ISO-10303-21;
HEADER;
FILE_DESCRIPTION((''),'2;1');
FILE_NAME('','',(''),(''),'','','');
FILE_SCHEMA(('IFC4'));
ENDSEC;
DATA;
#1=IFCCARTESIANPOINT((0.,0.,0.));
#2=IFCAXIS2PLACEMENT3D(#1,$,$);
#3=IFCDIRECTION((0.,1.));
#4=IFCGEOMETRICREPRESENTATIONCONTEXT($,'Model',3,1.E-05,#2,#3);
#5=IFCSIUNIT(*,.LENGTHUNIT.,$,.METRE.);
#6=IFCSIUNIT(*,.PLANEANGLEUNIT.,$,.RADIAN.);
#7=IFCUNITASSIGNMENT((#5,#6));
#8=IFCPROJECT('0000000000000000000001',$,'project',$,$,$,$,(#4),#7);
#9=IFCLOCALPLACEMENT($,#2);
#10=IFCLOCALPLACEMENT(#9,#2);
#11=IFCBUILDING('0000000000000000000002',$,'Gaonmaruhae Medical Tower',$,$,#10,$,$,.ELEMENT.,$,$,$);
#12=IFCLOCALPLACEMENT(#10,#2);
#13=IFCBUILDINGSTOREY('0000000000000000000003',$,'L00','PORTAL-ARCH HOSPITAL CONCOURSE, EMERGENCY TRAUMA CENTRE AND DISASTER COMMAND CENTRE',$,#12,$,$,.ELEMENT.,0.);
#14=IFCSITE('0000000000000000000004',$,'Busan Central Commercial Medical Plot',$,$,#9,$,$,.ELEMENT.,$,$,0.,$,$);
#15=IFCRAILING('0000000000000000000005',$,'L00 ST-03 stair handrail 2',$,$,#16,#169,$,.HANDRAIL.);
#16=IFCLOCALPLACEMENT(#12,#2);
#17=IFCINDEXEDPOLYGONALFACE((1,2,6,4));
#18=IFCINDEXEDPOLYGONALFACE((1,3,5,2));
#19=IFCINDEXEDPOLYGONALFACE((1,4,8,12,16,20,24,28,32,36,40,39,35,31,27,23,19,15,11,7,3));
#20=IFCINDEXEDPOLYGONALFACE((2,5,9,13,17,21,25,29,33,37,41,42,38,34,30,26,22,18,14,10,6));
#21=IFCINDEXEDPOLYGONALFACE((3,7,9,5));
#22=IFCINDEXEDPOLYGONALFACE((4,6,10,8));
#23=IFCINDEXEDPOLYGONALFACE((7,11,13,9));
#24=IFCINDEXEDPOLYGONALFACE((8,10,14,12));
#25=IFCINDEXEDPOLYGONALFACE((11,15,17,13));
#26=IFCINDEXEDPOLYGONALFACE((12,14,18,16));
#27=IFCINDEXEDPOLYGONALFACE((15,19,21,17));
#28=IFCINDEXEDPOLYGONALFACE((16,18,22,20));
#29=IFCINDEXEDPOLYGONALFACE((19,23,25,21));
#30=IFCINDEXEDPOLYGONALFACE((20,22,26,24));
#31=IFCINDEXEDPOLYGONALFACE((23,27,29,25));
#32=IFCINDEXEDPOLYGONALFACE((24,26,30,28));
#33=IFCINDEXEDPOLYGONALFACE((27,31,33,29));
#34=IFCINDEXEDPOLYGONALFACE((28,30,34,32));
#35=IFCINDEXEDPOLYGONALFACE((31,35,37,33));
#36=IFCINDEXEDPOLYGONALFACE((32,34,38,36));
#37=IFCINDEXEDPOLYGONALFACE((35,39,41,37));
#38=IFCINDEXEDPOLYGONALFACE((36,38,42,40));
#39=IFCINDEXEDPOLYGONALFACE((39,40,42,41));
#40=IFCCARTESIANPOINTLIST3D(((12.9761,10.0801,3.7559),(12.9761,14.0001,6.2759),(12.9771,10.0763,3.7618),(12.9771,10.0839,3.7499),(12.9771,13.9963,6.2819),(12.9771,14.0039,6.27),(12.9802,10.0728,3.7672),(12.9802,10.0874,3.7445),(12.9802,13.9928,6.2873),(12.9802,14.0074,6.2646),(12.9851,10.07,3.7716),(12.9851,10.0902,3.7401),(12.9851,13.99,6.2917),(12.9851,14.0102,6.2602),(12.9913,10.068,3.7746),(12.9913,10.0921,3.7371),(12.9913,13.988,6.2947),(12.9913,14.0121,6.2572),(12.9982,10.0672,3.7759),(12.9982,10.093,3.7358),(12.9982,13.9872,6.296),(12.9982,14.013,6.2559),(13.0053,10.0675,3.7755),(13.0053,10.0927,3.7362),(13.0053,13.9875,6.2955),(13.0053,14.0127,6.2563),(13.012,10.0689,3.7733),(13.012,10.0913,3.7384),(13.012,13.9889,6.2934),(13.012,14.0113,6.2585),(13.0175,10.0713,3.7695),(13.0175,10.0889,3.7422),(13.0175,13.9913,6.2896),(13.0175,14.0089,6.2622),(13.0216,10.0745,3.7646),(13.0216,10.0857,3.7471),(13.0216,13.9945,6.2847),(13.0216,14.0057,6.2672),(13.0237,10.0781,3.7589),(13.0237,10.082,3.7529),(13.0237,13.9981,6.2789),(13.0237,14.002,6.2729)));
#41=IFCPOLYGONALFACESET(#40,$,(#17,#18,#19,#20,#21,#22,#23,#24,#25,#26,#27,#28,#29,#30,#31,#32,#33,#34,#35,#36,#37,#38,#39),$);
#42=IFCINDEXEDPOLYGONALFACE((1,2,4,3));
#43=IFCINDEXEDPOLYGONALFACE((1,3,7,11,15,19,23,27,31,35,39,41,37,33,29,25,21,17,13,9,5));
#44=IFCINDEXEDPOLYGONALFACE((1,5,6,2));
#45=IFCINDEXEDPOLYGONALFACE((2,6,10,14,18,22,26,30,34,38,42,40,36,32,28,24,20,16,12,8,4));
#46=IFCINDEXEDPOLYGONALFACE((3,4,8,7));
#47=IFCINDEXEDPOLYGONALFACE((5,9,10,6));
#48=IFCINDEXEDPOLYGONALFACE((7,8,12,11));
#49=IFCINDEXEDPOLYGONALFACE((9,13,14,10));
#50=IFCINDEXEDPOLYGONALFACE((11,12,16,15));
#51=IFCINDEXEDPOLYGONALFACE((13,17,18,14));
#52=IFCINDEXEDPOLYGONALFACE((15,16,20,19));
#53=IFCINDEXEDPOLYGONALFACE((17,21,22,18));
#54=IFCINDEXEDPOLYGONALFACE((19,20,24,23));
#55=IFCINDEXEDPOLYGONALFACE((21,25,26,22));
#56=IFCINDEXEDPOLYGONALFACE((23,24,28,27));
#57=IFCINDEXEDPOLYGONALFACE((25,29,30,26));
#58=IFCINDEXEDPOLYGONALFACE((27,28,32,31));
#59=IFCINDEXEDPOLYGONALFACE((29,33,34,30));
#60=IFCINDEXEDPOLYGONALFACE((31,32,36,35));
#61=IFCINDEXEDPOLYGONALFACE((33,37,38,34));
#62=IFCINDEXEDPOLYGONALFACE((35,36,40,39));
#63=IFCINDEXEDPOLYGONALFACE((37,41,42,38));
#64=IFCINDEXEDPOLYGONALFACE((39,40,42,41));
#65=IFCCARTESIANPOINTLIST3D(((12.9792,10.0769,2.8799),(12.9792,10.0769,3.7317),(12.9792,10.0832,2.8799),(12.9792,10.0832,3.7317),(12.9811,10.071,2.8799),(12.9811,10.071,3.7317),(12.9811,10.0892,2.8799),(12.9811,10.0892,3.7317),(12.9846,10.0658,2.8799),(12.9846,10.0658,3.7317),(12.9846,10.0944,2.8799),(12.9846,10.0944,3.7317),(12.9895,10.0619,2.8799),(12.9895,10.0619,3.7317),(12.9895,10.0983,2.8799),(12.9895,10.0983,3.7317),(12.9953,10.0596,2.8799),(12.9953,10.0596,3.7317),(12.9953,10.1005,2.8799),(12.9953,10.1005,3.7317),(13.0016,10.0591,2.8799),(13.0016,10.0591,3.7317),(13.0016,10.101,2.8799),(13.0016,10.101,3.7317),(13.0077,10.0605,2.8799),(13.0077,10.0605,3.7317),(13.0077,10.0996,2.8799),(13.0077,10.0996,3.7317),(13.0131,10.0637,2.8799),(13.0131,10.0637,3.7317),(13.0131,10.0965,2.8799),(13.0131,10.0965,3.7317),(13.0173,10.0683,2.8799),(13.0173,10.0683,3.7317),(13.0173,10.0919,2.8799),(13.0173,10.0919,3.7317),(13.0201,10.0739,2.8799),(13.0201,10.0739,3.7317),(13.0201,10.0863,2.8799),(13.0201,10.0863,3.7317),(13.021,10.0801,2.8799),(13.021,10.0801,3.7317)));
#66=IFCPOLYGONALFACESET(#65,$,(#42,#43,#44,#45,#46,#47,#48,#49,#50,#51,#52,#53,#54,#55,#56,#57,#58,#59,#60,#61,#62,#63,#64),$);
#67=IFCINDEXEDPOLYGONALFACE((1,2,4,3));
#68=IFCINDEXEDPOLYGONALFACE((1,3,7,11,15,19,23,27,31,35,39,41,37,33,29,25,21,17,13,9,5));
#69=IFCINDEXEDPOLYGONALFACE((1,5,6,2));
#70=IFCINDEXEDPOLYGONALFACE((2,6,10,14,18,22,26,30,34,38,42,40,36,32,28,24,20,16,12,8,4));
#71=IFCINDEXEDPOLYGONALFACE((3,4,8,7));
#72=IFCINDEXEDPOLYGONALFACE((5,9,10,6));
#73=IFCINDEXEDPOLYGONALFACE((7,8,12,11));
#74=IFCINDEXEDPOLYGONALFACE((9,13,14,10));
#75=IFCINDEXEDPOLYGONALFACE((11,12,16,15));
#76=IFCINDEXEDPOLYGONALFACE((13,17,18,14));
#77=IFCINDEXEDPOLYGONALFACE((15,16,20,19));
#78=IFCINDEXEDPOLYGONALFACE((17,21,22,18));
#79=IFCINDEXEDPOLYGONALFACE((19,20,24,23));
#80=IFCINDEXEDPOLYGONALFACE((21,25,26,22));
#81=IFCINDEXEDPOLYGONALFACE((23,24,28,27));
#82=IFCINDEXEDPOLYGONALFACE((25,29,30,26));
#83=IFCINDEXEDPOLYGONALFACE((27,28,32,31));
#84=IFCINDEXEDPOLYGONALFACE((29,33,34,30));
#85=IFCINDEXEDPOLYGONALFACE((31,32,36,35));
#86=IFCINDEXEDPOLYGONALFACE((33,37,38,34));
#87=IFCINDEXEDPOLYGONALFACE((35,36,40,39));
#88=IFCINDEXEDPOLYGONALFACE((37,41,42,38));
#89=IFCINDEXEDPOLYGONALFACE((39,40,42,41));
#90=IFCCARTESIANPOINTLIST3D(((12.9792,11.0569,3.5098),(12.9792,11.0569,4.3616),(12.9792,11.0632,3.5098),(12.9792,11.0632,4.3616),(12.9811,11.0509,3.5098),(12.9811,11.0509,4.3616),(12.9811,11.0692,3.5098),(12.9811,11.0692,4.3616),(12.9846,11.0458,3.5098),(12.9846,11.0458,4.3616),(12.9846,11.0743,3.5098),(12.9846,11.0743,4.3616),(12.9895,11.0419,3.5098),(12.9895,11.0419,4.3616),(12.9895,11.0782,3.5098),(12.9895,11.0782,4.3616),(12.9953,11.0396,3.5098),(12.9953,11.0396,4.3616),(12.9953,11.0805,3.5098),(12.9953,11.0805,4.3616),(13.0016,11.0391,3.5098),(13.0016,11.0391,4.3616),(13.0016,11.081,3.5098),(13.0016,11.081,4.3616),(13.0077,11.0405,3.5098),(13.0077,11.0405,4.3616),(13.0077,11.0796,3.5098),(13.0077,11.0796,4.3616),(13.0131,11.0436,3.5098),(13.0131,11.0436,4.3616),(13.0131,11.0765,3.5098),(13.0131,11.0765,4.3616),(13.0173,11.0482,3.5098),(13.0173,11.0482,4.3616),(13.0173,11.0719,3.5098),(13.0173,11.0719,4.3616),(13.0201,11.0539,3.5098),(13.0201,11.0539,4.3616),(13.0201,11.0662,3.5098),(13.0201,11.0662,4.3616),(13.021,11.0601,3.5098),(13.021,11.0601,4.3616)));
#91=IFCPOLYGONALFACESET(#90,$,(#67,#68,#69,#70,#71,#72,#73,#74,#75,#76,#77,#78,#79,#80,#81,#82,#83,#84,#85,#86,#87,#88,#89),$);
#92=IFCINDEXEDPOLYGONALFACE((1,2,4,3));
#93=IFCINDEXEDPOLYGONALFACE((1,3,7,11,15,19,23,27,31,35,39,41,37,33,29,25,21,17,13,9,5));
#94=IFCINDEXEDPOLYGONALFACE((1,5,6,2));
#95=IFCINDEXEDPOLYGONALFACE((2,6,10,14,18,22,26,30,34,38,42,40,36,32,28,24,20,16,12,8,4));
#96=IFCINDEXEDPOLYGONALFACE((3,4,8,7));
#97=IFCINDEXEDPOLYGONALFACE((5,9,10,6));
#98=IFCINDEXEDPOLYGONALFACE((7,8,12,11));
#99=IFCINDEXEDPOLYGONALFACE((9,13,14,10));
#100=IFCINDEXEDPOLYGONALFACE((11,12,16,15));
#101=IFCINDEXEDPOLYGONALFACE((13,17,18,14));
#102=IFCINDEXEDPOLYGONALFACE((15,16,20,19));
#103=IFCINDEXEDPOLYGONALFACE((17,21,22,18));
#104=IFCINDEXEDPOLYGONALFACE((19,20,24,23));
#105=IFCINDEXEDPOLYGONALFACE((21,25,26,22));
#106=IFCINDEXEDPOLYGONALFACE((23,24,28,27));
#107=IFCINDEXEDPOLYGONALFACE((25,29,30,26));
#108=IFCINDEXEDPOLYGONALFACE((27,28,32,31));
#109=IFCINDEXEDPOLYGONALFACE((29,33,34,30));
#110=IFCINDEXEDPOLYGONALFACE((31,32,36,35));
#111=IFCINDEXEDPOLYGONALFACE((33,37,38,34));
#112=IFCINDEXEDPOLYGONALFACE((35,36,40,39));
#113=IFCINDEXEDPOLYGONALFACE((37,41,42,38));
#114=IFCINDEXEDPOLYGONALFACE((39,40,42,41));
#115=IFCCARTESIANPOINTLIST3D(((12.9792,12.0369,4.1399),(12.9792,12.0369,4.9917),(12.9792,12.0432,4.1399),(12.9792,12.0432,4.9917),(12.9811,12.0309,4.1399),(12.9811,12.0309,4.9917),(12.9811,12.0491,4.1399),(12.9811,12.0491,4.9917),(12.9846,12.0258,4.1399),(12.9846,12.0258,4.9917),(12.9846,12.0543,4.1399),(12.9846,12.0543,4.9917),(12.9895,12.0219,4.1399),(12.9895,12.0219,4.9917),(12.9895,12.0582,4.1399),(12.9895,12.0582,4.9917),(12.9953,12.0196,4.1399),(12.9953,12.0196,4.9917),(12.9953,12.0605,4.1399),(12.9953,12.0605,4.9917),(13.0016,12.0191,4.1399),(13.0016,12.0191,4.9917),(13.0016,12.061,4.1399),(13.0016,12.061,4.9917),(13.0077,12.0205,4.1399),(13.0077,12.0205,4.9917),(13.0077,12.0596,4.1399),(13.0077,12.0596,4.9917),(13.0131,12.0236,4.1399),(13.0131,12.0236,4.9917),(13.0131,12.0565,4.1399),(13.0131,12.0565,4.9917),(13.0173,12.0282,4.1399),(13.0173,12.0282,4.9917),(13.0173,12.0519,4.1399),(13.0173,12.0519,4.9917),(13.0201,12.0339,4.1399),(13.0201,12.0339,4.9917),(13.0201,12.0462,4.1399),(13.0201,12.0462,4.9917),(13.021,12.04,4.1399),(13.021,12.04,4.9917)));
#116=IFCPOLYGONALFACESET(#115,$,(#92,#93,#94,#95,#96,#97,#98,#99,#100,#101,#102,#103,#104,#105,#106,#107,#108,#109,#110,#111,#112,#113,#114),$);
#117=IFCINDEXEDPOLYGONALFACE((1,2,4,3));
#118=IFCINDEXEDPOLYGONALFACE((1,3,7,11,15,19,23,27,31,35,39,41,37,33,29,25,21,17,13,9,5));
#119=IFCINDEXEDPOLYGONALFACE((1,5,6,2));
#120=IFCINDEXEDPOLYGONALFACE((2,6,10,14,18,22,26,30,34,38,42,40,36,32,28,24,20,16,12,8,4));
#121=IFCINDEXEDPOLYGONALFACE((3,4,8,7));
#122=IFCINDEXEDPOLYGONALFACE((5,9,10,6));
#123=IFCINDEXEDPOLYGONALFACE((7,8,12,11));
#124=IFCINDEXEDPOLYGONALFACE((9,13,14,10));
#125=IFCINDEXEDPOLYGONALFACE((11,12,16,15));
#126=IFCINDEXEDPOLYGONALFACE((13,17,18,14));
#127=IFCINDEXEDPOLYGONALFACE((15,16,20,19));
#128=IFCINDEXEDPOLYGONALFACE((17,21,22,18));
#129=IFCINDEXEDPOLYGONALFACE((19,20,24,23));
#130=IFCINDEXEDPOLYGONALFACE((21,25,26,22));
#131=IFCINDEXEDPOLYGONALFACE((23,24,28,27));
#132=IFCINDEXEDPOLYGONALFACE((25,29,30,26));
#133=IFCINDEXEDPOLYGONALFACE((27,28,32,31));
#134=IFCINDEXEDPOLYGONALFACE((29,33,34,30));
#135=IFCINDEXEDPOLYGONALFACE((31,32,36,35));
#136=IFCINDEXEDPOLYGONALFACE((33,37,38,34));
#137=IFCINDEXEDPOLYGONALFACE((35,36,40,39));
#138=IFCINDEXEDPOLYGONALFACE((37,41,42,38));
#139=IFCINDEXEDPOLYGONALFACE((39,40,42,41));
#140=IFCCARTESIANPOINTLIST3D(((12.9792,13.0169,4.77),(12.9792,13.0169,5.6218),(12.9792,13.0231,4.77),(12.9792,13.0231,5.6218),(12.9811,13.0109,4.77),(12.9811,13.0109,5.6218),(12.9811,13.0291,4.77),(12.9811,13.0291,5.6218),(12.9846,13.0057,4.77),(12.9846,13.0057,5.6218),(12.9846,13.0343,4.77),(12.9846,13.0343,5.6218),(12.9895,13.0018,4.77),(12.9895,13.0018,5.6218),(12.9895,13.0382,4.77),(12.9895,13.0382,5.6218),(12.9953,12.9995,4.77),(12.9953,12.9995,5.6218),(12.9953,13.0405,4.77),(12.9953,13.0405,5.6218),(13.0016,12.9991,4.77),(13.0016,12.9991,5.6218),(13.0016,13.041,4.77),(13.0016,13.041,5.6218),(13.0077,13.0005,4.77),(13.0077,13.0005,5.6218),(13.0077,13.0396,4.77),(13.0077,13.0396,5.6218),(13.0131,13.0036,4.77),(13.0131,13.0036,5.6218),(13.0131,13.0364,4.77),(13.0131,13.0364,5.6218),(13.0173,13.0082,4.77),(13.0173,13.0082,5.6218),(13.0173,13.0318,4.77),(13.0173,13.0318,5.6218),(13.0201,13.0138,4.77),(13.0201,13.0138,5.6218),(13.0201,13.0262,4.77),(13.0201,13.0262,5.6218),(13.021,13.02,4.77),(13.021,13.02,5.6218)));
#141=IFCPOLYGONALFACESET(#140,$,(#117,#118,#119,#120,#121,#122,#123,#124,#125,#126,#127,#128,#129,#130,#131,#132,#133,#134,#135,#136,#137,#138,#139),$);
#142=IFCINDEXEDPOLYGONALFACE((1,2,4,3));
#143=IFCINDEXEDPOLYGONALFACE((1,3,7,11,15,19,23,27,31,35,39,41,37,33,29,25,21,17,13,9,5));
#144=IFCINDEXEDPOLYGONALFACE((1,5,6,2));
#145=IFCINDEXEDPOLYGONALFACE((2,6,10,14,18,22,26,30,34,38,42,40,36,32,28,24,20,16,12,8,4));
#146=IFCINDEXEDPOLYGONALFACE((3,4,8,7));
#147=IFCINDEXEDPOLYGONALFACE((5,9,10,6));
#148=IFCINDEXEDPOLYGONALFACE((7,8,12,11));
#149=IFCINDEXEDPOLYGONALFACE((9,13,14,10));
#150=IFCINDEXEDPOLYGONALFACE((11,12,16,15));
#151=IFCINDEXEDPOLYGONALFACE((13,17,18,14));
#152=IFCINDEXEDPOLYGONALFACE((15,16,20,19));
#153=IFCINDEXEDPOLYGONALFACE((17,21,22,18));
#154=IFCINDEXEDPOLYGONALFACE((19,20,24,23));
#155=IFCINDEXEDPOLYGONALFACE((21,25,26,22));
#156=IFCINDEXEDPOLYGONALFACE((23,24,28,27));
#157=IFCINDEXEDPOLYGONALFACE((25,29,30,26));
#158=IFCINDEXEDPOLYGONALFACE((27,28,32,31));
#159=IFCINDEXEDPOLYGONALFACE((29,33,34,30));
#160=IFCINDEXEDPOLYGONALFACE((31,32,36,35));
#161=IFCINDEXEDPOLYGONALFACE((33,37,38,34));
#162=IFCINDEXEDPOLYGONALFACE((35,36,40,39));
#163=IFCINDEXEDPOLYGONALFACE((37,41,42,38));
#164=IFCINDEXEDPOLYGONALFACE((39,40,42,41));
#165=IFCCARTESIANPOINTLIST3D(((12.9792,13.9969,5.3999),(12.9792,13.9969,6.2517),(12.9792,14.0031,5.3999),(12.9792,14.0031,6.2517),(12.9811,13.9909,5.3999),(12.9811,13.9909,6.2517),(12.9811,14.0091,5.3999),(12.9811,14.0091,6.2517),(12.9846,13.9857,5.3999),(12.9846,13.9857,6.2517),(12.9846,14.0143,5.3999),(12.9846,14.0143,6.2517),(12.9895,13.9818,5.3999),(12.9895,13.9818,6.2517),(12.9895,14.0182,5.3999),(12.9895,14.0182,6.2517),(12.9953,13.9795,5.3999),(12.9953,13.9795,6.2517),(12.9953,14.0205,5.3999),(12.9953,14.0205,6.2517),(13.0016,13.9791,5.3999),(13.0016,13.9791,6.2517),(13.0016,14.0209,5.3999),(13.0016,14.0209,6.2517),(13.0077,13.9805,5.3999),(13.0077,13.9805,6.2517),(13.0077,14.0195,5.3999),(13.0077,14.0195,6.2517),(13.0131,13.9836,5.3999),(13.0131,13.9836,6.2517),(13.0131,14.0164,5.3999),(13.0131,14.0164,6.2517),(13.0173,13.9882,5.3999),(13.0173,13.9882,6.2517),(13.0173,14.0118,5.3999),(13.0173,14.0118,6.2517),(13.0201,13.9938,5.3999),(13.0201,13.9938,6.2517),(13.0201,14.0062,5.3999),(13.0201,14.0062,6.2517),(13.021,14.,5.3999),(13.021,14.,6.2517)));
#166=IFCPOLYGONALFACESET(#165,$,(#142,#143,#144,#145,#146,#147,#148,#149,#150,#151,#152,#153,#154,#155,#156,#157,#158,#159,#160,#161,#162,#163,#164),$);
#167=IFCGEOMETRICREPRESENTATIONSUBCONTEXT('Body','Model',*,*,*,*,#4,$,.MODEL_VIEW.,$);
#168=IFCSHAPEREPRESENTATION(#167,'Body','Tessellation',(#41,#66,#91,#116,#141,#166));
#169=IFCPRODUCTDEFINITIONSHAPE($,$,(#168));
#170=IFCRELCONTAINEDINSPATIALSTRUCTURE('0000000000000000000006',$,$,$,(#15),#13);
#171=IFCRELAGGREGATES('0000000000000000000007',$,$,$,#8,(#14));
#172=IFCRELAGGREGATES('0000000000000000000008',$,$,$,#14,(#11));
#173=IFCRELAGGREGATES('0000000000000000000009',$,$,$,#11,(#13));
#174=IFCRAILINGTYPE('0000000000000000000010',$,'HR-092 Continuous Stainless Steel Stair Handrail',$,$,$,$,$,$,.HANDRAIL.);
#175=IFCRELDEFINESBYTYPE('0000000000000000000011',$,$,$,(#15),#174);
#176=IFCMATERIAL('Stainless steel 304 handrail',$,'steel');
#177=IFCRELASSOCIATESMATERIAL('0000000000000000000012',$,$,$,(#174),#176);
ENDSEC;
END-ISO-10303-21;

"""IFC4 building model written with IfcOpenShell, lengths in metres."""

from ifc_helpers import new_model, si_unit, direction, frame, origin, origin_2d, place, context, subcontext, project, spatial, circle, extrude, material, type_object, element, save


model = new_model("IFC4")

# Units and contexts
model_context = context("Model", 3, precision=1e-05, world=origin(), true_north=direction((0.0, 1.0)))
body_context = subcontext(model_context, "Body", "Model", "MODEL_VIEW")
ifc_project = project(units=[si_unit("LENGTHUNIT", "METRE"), si_unit("PLANEANGLEUNIT", "RADIAN")], contexts=[model_context])

# Site, building, storey
site_placement = place(None, origin())
site = spatial("IfcSite", under=ifc_project, at=site_placement, Name="Busan Central Commercial Medical Plot", CompositionType="ELEMENT", RefElevation=0.0)
building_placement = place(site_placement, origin())
building = spatial("IfcBuilding", under=site, at=building_placement, Name="Gaonmaruhae Medical Tower", CompositionType="ELEMENT")
storey_placement = place(building_placement, origin())
storey = spatial("IfcBuildingStorey", under=building, at=storey_placement, Name="L00", Description="PORTAL-ARCH HOSPITAL CONCOURSE, EMERGENCY TRAUMA CENTRE AND DISASTER COMMAND CENTRE", CompositionType="ELEMENT", Elevation=0.0)

# Railing
ifc_material_1 = material(Name="Stainless steel 304 handrail", Category="steel")
railing_type_1 = type_object("IfcRailingType", Name="HR-092 Continuous Stainless Steel Stair Handrail", PredefinedType="HANDRAIL", material=ifc_material_1)
railing_1_placement = place(storey_placement, frame((13.0, 10.0801, 2.8799)))
element("IfcRailing", 1, at=railing_1_placement, inside=storey, type_object=railing_type_1, Name="L00 ST-03 stair handrail 2", PredefinedType="HANDRAIL", context=body_context, shape_type="SweptSolid", body=[
    extrude(circle(Radius=0.0239, at=origin_2d()), frame((0.0, 0.0, 0.876), z_axis=(0.0, 0.841172, 0.540768), x_axis=(-1.0, 0.0, 0.0)), (0.0, 0.0, 1.0), 4.6602),
    extrude(circle(Radius=0.021, at=origin_2d()), origin(), (0.0, 0.0, 1.0), 0.8518),
    extrude(circle(Radius=0.021, at=origin_2d()), frame((0.0, 0.98, 0.6299)), (0.0, 0.0, 1.0), 0.8518),
    extrude(circle(Radius=0.021, at=origin_2d()), frame((0.0, 1.96, 1.26)), (0.0, 0.0, 1.0), 0.8518),
    extrude(circle(Radius=0.021, at=origin_2d()), frame((0.0, 2.9399, 1.8901)), (0.0, 0.0, 1.0), 0.8518),
    extrude(circle(Radius=0.021, at=origin_2d()), frame((0.0, 3.9199, 2.52)), (0.0, 0.0, 1.0), 0.8518),
])

save(model, "model.ifc")
